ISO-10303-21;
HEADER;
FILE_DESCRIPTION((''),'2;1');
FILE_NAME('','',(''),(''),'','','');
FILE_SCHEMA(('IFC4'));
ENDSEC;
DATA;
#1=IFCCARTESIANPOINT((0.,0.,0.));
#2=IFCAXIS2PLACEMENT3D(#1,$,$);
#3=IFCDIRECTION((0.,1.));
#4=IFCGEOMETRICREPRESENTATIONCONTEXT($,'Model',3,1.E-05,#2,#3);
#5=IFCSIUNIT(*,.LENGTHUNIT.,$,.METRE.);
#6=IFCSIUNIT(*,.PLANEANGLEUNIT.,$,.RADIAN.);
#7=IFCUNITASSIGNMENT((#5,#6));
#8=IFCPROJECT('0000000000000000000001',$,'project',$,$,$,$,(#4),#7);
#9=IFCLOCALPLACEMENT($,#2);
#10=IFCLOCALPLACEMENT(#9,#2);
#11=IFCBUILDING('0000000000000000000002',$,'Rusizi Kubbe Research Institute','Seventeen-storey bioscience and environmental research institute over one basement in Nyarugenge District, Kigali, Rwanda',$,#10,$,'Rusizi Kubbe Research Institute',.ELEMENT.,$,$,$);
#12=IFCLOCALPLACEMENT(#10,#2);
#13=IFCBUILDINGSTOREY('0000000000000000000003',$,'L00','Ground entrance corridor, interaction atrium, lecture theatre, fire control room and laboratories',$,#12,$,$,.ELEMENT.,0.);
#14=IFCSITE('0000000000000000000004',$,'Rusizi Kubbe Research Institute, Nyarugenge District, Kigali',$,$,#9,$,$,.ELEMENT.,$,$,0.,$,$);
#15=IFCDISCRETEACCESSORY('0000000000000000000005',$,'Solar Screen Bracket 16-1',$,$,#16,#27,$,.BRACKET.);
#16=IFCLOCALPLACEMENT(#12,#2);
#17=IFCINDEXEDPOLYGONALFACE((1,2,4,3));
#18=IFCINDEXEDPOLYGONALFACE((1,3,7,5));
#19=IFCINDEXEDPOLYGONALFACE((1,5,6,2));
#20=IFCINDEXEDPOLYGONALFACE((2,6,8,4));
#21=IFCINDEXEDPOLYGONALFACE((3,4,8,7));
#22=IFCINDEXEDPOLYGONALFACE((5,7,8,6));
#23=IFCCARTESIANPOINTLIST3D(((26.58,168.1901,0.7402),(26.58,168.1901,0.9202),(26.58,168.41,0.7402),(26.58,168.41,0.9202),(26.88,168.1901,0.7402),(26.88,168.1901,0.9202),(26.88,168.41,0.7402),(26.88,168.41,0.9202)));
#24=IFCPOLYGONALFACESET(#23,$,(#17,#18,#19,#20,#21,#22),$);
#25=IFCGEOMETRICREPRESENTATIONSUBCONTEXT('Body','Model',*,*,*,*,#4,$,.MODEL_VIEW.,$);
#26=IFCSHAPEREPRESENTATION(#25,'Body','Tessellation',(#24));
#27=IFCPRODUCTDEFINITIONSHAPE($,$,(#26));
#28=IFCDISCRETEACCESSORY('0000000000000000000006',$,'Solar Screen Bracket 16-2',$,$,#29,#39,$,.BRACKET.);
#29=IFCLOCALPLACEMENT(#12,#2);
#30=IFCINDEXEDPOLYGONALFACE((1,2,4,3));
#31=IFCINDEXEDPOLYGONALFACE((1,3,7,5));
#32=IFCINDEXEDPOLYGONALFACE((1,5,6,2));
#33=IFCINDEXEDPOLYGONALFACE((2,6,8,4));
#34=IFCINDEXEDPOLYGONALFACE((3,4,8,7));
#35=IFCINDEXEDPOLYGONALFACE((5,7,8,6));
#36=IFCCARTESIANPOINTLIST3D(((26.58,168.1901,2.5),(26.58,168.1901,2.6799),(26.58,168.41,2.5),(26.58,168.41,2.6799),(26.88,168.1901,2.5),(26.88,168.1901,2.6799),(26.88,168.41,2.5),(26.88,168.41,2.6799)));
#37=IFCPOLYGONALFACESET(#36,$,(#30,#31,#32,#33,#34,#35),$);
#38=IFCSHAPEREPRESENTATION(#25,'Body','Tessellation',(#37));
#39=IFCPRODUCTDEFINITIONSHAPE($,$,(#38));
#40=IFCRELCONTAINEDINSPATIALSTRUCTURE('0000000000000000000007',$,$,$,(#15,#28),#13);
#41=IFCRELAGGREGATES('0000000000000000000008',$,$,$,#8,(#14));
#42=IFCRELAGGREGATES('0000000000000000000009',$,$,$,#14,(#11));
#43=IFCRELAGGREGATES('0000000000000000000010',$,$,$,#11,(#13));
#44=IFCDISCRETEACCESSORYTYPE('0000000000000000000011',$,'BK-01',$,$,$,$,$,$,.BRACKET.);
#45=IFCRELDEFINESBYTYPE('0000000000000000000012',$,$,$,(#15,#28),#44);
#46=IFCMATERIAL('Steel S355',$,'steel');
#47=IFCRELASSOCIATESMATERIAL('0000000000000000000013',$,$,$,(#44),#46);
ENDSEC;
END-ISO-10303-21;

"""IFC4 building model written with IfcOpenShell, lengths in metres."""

from ifc_helpers import new_model, si_unit, direction, frame, origin, origin_2d, place, context, subcontext, project, spatial, rectangle, extrude, material, type_object, element, save


model = new_model("IFC4")

# Units and contexts
model_context = context("Model", 3, precision=1e-05, world=origin(), true_north=direction((0.0, 1.0)))
body_context = subcontext(model_context, "Body", "Model", "MODEL_VIEW")
ifc_project = project(units=[si_unit("LENGTHUNIT", "METRE"), si_unit("PLANEANGLEUNIT", "RADIAN")], contexts=[model_context])

# Site, building, storey
site_placement = place(None, origin())
site = spatial("IfcSite", under=ifc_project, at=site_placement, Name="Rusizi Kubbe Research Institute, Nyarugenge District, Kigali", CompositionType="ELEMENT", RefElevation=0.0)
building_placement = place(site_placement, origin())
building = spatial("IfcBuilding", under=site, at=building_placement, Name="Rusizi Kubbe Research Institute", Description="Seventeen-storey bioscience and environmental research institute over one basement in Nyarugenge District, Kigali, Rwanda", LongName="Rusizi Kubbe Research Institute", CompositionType="ELEMENT")
storey_placement = place(building_placement, origin())
storey = spatial("IfcBuildingStorey", under=building, at=storey_placement, Name="L00", Description="Ground entrance corridor, interaction atrium, lecture theatre, fire control room and laboratories", CompositionType="ELEMENT", Elevation=0.0)

# Discrete accessories
ifc_material_1 = material(Name="Steel S355", Category="steel")
discrete_accessory_type = type_object("IfcDiscreteAccessoryType", Name="BK-01", PredefinedType="BRACKET", material=ifc_material_1)
for number, where, z_axis, x_axis, name in (
    (1, (26.73, 168.3, 0.7402), (0.0, 0.0, 1.0), (1.0, 0.0, 0.0), "Solar Screen Bracket 16-1"),
    (2, (26.73, 168.3, 2.5), (0.0, 0.0, 1.0), (1.0, 0.0, 0.0), "Solar Screen Bracket 16-2"),
):
    element("IfcDiscreteAccessory", number, at=place(storey_placement, frame(where, z_axis=z_axis, x_axis=x_axis)), inside=storey, type_object=discrete_accessory_type, Name=name, PredefinedType="BRACKET", context=body_context, shape_type="SweptSolid", body=[
        extrude(rectangle(XDim=0.3, YDim=0.22, at=origin_2d()), origin(), (0.0, 0.0, 1.0), 0.1799),
    ])

save(model, "model.ifc")
